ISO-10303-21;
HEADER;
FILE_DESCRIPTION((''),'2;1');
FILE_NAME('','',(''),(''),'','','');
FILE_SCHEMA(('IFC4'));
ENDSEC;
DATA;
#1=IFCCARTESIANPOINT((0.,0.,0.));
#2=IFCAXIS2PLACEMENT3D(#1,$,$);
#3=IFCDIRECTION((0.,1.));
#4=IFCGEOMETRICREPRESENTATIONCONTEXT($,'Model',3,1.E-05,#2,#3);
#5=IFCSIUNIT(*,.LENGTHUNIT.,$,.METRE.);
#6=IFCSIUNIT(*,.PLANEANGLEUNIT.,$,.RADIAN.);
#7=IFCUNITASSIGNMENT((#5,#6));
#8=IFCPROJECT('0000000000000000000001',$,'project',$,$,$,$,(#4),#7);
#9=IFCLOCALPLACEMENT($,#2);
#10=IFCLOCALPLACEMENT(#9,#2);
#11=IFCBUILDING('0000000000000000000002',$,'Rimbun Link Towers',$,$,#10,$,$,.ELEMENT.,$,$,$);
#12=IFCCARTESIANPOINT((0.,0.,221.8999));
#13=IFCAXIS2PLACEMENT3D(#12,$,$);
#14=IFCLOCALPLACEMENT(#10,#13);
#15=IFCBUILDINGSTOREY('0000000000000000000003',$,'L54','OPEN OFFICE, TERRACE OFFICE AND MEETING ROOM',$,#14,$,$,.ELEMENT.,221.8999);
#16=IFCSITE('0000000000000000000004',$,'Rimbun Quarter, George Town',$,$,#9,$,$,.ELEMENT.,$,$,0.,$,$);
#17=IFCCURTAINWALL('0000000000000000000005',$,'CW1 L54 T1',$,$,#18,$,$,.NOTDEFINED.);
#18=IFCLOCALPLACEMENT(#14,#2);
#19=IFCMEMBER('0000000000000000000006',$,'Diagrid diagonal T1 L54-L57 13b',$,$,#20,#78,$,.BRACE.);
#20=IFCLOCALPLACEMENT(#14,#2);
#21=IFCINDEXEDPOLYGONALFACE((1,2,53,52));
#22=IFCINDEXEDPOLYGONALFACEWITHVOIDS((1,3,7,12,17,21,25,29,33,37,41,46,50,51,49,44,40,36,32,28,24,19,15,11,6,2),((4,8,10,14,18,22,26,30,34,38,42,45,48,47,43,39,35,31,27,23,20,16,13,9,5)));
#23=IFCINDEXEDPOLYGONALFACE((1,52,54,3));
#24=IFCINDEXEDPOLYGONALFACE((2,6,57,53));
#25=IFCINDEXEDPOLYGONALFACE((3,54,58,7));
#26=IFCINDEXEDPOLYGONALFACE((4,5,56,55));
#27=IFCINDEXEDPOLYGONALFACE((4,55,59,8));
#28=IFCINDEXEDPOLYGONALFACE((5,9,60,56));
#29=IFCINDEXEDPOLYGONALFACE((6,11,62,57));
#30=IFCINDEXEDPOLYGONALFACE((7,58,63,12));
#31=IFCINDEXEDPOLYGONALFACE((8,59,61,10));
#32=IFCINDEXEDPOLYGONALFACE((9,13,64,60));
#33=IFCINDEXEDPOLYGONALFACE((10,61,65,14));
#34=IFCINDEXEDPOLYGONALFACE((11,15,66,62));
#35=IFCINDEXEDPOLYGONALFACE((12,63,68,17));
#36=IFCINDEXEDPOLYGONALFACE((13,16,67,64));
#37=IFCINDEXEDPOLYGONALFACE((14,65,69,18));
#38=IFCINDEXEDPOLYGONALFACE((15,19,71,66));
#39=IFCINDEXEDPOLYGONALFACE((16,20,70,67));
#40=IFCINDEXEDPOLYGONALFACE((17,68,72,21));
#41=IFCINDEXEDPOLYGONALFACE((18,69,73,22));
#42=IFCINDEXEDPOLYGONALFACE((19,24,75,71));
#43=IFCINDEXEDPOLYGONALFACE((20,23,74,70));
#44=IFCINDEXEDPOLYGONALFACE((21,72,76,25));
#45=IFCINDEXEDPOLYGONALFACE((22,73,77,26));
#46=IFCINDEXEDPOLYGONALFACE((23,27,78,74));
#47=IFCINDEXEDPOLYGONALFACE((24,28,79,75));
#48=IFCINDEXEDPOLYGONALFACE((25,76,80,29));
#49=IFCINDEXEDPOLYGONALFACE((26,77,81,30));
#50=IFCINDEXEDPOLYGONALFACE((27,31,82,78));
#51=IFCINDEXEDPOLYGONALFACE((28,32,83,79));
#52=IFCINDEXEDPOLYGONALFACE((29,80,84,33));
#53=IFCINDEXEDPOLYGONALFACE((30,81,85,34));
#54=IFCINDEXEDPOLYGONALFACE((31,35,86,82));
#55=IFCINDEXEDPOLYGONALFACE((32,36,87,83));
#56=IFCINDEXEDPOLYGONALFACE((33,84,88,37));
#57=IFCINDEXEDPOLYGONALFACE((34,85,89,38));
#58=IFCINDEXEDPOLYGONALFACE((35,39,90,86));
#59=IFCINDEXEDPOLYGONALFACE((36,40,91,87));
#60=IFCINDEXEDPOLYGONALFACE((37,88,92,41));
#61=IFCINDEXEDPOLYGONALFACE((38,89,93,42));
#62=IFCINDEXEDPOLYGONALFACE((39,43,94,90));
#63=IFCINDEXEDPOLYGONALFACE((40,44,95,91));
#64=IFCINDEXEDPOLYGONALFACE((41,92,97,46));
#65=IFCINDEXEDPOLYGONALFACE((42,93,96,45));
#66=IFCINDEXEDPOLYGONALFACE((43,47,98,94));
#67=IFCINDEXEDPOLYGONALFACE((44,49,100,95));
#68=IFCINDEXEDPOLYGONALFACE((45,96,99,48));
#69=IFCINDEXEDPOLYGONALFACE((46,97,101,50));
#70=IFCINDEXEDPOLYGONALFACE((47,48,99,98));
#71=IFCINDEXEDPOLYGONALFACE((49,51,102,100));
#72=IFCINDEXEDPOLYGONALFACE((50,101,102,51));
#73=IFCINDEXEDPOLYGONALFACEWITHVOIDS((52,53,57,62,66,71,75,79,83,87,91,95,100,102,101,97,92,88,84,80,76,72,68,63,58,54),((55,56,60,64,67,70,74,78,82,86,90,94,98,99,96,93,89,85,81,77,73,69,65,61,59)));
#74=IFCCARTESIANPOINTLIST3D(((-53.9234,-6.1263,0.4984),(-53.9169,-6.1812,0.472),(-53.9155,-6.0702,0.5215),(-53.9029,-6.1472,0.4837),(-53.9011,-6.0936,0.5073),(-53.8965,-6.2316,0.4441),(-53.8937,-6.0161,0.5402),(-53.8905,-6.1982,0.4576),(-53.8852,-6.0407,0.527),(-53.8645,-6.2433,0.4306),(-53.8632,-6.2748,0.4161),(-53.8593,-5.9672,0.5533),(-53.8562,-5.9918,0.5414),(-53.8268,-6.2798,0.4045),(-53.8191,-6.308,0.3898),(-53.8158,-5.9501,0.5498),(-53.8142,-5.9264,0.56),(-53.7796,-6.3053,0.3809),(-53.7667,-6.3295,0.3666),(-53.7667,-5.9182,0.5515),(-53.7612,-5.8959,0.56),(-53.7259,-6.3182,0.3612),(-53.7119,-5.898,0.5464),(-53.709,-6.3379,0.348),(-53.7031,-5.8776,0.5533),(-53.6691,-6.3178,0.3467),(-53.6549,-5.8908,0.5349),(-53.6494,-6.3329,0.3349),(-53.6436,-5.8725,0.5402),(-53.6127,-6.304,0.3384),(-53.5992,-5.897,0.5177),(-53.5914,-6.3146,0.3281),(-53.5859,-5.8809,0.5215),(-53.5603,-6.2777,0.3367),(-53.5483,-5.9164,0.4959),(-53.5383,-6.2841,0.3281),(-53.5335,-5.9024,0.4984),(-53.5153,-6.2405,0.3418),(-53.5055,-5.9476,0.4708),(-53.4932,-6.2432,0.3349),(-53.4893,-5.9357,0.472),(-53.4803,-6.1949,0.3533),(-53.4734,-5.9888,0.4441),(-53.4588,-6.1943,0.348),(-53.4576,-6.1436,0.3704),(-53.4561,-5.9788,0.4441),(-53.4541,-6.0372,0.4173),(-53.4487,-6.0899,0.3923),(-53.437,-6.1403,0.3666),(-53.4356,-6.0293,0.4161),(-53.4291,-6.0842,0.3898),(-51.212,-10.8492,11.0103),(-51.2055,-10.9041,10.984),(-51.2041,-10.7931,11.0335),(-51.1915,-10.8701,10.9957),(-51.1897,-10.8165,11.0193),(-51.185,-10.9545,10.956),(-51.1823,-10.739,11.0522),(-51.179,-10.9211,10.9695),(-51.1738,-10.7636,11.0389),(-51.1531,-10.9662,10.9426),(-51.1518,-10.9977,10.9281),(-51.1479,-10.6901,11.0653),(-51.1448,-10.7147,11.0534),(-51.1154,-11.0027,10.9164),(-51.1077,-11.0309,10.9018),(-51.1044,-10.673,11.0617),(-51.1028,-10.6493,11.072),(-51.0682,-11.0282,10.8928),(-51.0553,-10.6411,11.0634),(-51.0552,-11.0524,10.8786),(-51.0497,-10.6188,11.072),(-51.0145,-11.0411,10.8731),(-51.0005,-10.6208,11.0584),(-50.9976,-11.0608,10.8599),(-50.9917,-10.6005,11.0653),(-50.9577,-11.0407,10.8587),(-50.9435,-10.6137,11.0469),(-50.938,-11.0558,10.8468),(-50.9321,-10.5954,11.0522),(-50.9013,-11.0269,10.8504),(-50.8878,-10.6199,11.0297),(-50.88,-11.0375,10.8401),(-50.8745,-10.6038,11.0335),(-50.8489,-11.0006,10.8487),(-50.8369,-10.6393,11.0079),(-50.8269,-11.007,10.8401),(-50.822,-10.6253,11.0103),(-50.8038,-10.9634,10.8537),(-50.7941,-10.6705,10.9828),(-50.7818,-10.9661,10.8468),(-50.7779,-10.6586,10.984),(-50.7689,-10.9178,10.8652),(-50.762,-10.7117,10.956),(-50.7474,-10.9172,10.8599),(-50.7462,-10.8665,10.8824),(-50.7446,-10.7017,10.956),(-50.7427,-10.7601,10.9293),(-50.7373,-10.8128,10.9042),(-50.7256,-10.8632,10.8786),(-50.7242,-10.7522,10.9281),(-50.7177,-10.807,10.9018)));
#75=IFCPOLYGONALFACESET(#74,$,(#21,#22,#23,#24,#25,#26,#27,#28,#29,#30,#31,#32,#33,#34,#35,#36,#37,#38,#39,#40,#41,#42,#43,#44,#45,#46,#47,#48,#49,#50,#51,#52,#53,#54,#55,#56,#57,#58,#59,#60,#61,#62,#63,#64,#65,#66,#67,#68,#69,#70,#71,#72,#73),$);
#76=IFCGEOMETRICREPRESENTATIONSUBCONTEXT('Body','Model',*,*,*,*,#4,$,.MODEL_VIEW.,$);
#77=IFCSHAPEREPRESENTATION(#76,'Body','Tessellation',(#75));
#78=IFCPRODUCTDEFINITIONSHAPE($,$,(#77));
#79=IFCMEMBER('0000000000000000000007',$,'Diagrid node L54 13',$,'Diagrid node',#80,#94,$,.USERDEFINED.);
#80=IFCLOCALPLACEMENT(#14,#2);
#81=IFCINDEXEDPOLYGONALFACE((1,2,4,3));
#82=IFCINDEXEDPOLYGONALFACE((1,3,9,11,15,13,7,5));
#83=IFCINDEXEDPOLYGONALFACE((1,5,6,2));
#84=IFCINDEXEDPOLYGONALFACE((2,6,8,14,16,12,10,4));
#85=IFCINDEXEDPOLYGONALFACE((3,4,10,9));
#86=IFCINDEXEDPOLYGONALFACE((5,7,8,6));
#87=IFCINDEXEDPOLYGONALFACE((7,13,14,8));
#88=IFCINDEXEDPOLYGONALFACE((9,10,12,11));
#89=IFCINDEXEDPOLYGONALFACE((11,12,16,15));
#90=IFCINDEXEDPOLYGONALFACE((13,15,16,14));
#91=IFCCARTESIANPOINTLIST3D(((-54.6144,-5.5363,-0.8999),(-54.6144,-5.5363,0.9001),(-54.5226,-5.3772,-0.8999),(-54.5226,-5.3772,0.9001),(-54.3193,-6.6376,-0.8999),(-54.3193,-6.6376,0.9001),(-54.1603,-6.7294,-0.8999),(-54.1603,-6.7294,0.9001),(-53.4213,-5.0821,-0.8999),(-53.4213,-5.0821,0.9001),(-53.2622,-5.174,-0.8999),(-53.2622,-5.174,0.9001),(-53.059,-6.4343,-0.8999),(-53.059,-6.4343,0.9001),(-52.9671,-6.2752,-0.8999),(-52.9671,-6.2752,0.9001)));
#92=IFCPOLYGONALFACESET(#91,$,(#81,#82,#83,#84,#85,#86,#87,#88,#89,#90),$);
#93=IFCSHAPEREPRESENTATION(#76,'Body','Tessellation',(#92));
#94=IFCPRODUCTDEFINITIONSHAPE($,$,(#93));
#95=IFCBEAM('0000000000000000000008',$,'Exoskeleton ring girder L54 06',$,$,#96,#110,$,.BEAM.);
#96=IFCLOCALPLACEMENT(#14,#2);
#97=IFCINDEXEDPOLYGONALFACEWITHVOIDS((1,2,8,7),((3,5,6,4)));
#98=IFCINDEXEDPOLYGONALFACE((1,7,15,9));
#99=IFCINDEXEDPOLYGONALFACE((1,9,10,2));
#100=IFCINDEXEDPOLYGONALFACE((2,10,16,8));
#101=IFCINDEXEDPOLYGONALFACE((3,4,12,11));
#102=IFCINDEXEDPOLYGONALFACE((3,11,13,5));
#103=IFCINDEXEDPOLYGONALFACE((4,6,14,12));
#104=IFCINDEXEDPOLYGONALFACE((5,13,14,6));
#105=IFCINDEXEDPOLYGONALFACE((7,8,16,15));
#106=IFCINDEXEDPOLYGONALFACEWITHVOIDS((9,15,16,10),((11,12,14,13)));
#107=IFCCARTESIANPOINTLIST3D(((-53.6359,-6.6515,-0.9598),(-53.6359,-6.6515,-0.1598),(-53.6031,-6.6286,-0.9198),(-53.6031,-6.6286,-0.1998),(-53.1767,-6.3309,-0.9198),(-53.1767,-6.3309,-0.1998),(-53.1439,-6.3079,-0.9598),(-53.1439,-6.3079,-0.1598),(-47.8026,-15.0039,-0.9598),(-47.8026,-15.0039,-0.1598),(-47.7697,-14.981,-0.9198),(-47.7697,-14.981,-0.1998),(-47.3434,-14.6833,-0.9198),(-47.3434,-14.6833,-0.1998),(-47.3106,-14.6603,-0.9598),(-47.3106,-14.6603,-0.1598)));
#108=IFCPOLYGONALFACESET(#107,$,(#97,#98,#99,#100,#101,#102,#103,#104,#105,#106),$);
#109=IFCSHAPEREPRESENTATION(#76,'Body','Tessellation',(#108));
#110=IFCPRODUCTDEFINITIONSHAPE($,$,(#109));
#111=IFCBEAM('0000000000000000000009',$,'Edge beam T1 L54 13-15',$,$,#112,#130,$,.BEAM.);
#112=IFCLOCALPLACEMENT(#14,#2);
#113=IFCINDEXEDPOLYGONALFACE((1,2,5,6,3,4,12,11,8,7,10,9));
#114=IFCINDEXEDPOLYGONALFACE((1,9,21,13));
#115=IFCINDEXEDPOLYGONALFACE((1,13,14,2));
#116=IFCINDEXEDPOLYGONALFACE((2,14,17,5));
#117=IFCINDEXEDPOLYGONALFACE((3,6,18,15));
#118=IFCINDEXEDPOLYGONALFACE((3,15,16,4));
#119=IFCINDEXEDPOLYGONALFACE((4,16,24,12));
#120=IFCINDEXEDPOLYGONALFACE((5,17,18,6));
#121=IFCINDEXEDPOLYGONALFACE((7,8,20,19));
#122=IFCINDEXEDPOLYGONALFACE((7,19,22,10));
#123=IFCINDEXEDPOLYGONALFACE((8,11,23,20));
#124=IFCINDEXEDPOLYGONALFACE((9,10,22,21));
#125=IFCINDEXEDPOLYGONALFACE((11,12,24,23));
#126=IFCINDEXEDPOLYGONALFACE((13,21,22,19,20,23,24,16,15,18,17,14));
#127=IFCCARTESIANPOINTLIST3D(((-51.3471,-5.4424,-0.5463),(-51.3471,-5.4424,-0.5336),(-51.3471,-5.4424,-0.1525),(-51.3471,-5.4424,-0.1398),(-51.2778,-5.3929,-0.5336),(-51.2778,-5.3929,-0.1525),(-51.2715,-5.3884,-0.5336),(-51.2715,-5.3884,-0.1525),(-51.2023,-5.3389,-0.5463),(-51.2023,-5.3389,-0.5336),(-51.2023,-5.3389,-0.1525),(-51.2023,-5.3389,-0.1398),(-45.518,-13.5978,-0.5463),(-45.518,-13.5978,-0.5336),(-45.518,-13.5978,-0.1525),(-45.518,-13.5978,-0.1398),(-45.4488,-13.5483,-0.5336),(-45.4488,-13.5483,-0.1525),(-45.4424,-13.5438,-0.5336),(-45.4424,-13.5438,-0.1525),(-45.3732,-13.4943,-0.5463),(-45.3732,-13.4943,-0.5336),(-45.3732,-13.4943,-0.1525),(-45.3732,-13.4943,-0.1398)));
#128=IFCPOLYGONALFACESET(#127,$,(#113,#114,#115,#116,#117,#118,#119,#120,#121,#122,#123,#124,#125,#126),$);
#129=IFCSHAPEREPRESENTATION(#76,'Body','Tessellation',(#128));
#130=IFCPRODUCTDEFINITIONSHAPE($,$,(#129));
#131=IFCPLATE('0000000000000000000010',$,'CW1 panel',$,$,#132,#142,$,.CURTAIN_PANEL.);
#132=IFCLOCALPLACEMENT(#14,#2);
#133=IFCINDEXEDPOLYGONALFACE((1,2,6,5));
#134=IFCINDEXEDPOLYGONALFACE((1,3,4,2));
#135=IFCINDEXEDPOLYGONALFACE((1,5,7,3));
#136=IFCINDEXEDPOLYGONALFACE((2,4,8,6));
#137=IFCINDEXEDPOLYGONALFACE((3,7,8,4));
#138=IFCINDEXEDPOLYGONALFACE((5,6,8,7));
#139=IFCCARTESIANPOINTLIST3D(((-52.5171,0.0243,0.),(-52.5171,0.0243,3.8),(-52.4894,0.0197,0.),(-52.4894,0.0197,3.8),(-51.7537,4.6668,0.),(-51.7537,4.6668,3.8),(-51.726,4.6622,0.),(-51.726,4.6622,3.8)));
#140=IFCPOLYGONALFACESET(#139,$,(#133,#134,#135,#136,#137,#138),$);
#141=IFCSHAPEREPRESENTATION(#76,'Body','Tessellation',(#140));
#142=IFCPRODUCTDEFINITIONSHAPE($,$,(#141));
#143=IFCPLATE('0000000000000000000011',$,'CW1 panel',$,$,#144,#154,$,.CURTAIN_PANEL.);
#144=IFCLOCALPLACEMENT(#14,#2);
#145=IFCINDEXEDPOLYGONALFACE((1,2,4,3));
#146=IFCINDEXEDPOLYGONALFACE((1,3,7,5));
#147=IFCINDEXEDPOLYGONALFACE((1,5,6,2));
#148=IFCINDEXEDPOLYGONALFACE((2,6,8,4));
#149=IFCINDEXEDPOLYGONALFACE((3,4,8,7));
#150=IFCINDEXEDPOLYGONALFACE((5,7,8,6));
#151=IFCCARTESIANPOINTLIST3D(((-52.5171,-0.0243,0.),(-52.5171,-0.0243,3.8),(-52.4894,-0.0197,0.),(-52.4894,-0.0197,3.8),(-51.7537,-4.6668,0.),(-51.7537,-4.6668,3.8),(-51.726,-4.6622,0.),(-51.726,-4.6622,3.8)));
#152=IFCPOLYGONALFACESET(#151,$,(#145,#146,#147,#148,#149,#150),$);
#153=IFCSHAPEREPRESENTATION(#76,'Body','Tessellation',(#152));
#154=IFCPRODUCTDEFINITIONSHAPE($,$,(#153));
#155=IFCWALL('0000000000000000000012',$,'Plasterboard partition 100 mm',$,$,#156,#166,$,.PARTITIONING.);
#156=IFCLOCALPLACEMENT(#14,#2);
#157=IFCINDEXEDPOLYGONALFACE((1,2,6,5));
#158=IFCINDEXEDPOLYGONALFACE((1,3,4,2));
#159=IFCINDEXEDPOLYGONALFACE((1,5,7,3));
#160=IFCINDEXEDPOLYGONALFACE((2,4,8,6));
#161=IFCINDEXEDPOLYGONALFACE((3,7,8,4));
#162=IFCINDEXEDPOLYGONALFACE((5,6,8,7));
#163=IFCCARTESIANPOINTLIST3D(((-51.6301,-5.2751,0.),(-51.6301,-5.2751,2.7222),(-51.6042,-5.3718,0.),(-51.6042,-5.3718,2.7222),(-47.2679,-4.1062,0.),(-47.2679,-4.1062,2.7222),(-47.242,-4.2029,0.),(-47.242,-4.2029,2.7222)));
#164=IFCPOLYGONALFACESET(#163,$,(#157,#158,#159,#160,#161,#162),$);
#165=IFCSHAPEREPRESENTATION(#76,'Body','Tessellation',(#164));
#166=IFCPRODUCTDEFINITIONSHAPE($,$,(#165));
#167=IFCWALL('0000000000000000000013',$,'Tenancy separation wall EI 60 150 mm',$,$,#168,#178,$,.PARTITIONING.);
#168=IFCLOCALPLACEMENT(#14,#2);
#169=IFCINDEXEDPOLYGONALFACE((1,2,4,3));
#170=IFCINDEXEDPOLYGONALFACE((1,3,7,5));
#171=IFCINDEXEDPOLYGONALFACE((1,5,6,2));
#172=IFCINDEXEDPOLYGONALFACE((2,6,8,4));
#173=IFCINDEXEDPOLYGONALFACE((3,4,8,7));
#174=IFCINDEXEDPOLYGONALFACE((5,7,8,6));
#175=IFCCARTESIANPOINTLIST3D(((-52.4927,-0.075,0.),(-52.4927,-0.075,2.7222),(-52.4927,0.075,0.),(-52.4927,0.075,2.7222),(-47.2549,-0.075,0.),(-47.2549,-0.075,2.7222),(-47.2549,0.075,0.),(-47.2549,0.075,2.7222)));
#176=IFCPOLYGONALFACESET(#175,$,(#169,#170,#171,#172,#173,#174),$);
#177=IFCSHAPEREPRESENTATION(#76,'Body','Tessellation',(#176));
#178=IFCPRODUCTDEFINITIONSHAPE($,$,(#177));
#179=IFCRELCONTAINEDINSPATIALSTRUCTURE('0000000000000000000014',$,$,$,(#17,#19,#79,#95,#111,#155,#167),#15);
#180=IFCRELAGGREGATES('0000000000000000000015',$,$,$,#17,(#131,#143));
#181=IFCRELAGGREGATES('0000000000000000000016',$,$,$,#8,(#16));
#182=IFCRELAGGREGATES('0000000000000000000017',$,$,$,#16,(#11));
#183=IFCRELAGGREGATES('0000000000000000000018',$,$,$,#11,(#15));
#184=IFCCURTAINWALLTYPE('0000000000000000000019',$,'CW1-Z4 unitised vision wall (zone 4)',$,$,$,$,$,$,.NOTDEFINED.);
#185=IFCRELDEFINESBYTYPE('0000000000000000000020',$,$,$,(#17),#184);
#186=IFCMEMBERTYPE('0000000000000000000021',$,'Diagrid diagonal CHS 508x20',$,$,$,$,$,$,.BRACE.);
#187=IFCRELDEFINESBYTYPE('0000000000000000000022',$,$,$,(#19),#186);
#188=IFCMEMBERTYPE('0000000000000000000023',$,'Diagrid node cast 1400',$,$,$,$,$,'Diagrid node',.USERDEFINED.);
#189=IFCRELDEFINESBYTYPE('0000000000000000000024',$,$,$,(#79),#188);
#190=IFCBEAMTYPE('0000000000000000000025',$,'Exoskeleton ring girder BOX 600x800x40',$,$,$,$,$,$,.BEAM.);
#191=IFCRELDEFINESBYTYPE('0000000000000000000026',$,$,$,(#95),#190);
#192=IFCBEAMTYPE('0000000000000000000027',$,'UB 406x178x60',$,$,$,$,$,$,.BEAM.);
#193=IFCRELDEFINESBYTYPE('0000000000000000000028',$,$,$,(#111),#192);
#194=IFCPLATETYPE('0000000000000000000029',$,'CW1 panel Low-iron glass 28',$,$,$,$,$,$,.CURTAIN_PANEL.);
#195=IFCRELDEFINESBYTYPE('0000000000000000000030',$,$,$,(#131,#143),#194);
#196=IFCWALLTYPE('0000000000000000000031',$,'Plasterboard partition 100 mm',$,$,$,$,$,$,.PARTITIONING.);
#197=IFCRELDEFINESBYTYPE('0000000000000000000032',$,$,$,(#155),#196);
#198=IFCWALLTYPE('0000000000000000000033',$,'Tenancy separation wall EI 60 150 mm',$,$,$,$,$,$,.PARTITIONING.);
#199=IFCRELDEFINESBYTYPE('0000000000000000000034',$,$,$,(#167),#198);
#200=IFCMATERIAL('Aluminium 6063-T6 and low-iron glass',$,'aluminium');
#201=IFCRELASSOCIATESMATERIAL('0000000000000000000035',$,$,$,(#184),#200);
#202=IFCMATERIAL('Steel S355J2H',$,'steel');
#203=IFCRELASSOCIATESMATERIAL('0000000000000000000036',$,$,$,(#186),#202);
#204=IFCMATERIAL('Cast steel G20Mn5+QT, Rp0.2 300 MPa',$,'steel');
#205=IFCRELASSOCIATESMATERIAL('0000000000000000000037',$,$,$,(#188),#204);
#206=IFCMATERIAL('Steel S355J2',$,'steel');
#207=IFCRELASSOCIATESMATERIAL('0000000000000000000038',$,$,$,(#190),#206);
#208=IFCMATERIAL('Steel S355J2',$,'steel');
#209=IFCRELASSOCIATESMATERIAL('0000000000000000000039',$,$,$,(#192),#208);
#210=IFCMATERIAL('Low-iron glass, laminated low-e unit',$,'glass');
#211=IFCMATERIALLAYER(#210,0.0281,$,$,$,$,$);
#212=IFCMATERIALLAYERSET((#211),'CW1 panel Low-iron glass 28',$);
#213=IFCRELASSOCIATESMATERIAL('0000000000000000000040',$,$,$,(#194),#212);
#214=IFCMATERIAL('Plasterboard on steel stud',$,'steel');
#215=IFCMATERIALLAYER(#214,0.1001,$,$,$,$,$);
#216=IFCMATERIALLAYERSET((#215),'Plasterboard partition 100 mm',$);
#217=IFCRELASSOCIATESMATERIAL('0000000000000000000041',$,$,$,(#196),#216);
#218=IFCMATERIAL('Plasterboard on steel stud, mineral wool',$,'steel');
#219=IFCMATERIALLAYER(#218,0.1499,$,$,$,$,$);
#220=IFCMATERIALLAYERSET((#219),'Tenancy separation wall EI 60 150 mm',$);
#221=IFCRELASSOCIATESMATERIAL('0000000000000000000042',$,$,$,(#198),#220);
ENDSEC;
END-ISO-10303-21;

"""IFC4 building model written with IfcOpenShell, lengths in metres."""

from ifc_helpers import new_model, si_unit, direction, frame, frame_2d, origin, origin_2d, place, context, subcontext, project, spatial, polyline, rectangle, hollow_rectangle, hollow_circle, i_section, outline, extrude, material, layer, layer_set, material_profile, profile_set, type_object, element, aggregate, save


model = new_model("IFC4")

# Units and contexts
model_context = context("Model", 3, precision=1e-05, world=origin(), true_north=direction((0.0, 1.0)))
body_context = subcontext(model_context, "Body", "Model", "MODEL_VIEW")
ifc_project = project(units=[si_unit("LENGTHUNIT", "METRE"), si_unit("PLANEANGLEUNIT", "RADIAN")], contexts=[model_context])

# Site, building, storey
site_placement = place(None, origin())
site = spatial("IfcSite", under=ifc_project, at=site_placement, Name="Rimbun Quarter, George Town", CompositionType="ELEMENT", RefElevation=0.0)
building_placement = place(site_placement, origin())
building = spatial("IfcBuilding", under=site, at=building_placement, Name="Rimbun Link Towers", CompositionType="ELEMENT")
storey_placement = place(building_placement, frame((0.0, 0.0, 221.8999)))
storey = spatial("IfcBuildingStorey", under=building, at=storey_placement, Name="L54", Description="OPEN OFFICE, TERRACE OFFICE AND MEETING ROOM", CompositionType="ELEMENT", Elevation=221.8999)

# Curtain wall
ifc_material_1 = material(Name="Aluminium 6063-T6 and low-iron glass", Category="aluminium")
curtain_wall_type = type_object("IfcCurtainWallType", Name="CW1-Z4 unitised vision wall (zone 4)", PredefinedType="NOTDEFINED", material=ifc_material_1)
curtain_wall_placement = place(storey_placement, origin())
curtain_wall = element("IfcCurtainWall", 1, at=curtain_wall_placement, inside=storey, type_object=curtain_wall_type, Name="CW1 L54 T1", PredefinedType="NOTDEFINED")

# Members
ifc_material_2 = material(Name="Steel S355J2H", Category="steel")
ifc_material_profile_1 = material_profile(ifc_material_2, hollow_circle(Radius=0.2539, WallThickness=0.02, at=origin_2d()), Name="Diagrid diagonal CHS 508x20")
ifc_profile_set_1 = profile_set([ifc_material_profile_1], Name="Steel S355J2H")
member_type_1 = type_object("IfcMemberType", Name="Diagrid diagonal CHS 508x20", PredefinedType="BRACE", material=ifc_profile_set_1)
member_1_placement = place(storey_placement, frame((-53.6763, -6.1052, 0.4441), z_axis=(0.229027, -0.398931, 0.887919), x_axis=(0.867243, 0.497886, 0.0)))
element("IfcMember", 2, at=member_1_placement, inside=storey, type_object=member_type_1, Name="Diagrid diagonal T1 L54-L57 13b", PredefinedType="BRACE", context=body_context, shape_type="SweptSolid", body=[
    extrude(hollow_circle(Radius=0.2539, WallThickness=0.02, at=origin_2d()), origin(), (0.0, 0.0, 1.0), 11.8389),
])
ifc_material_3 = material(Name="Cast steel G20Mn5+QT, Rp0.2 300 MPa", Category="steel")
ifc_material_profile_2 = material_profile(ifc_material_3, outline(polyline([(0.7, -0.5701), (0.7, 0.5701), (0.5701, 0.7), (-0.5701, 0.7), (-0.7, 0.5701), (-0.7, -0.5701), (-0.5701, -0.7), (0.5701, -0.7), (0.7, -0.5701)])), Name="NODE 1400x1400")
ifc_profile_set_2 = profile_set([ifc_material_profile_2], Name="Cast steel G20Mn5+QT, Rp0.2 300 MPa")
member_type_2 = type_object("IfcMemberType", Name="Diagrid node cast 1400", ElementType="Diagrid node", PredefinedType="USERDEFINED", material=ifc_profile_set_2)
member_2_placement = place(storey_placement, frame((-53.7908, -5.9058, -0.8999), z_axis=(0.0, 0.0, 1.0), x_axis=(-0.965926, -0.258819, 0.0)))
element("IfcMember", 3, at=member_2_placement, inside=storey, type_object=member_type_2, Name="Diagrid node L54 13", ObjectType="Diagrid node", PredefinedType="USERDEFINED", context=body_context, shape_type="SweptSolid", body=[
    extrude(outline(polyline([(0.7, -0.5701), (0.7, 0.5701), (0.5701, 0.7), (-0.5701, 0.7), (-0.7, 0.5701), (-0.7, -0.5701), (-0.5701, -0.7), (0.5701, -0.7), (0.7, -0.5701)])), origin(), (0.0, 0.0, 1.0), 1.8),
])

# Beams
ifc_material_4 = material(Name="Steel S355J2", Category="steel")
ifc_material_profile_3 = material_profile(ifc_material_4, hollow_rectangle(XDim=0.6001, YDim=0.8, WallThickness=0.04, at=origin_2d()), Name="Exoskeleton ring girder BOX 600x800x40")
ifc_profile_set_3 = profile_set([ifc_material_profile_3], Name="Steel S355J2")
beam_type_1 = type_object("IfcBeamType", Name="Exoskeleton ring girder BOX 600x800x40", PredefinedType="BEAM", material=ifc_profile_set_3)
beam_1_placement = place(storey_placement, frame((-53.3899, -6.4797, -0.5598), z_axis=(0.572582, -0.819847, 0.0), x_axis=(0.819847, 0.572582, 0.0)))
element("IfcBeam", 4, at=beam_1_placement, inside=storey, type_object=beam_type_1, Name="Exoskeleton ring girder L54 06", PredefinedType="BEAM", context=body_context, shape_type="SweptSolid", body=[
    extrude(hollow_rectangle(XDim=0.6001, YDim=0.8, WallThickness=0.04, at=origin_2d()), origin(), (0.0, 0.0, 1.0), 10.1877),
])
ifc_material_5 = material(Name="Steel S355J2", Category="steel")
ifc_material_profile_4 = material_profile(ifc_material_5, i_section(OverallWidth=0.178, OverallDepth=0.4065, WebThickness=0.0078, FlangeThickness=0.0127, at=origin_2d()), Name="UB 406x178x60")
ifc_profile_set_4 = profile_set([ifc_material_profile_4], Name="Steel S355J2")
beam_type_2 = type_object("IfcBeamType", Name="UB 406x178x60", PredefinedType="BEAM", material=ifc_profile_set_4)
beam_2_placement = place(storey_placement, frame((-51.2747, -5.3906, -0.343), z_axis=(0.581485, -0.813557, 0.0), x_axis=(0.813557, 0.581485, 0.0)))
element("IfcBeam", 5, at=beam_2_placement, inside=storey, type_object=beam_type_2, Name="Edge beam T1 L54 13-15", PredefinedType="BEAM", context=body_context, shape_type="SweptSolid", body=[
    extrude(i_section(OverallWidth=0.178, OverallDepth=0.4065, WebThickness=0.0078, FlangeThickness=0.0127, at=origin_2d()), origin(), (0.0, 0.0, 1.0), 10.0244),
])

# Plates
ifc_material_6 = material(Name="Low-iron glass, laminated low-e unit", Category="glass")
ifc_layer_1 = layer(ifc_material_6, 0.0281)
ifc_layer_set_1 = layer_set([ifc_layer_1], Name="CW1 panel Low-iron glass 28")
plate_type = type_object("IfcPlateType", Name="CW1 panel Low-iron glass 28", PredefinedType="CURTAIN_PANEL", material=ifc_layer_set_1)
plate_1_placement = place(storey_placement, frame((-52.1216, 2.3433, 0.0), z_axis=(0.0, 0.0, 1.0), x_axis=(0.162264, 0.986747, 0.0)))
plate_1 = element("IfcPlate", 6, at=plate_1_placement, type_object=plate_type, Name="CW1 panel", PredefinedType="CURTAIN_PANEL", context=body_context, shape_type="SweptSolid", body=[
    extrude(rectangle(XDim=4.7048, YDim=0.0281, at=origin_2d()), origin(), (0.0, 0.0, 1.0), 3.8),
])
plate_2_placement = place(storey_placement, frame((-52.1216, -2.3433, 0.0), z_axis=(0.0, 0.0, 1.0), x_axis=(-0.162264, 0.986747, 0.0)))
plate_2 = element("IfcPlate", 7, at=plate_2_placement, type_object=plate_type, Name="CW1 panel", PredefinedType="CURTAIN_PANEL", context=body_context, shape_type="SweptSolid", body=[
    extrude(rectangle(XDim=4.7048, YDim=0.0281, at=origin_2d()), origin(), (0.0, 0.0, 1.0), 3.8),
])
aggregate(curtain_wall, [plate_1, plate_2])

# Walls
ifc_material_7 = material(Name="Plasterboard on steel stud", Category="steel")
ifc_layer_2 = layer(ifc_material_7, 0.1001)
ifc_layer_set_2 = layer_set([ifc_layer_2], Name="Plasterboard partition 100 mm")
wall_type_1 = type_object("IfcWallType", Name="Plasterboard partition 100 mm", PredefinedType="PARTITIONING", material=ifc_layer_set_2)
wall_1_placement = place(storey_placement, frame((-51.6172, -5.3235, 0.0), z_axis=(0.0, 0.0, 1.0), x_axis=(0.965922, 0.258833, 0.0)))
element("IfcWall", 8, at=wall_1_placement, inside=storey, type_object=wall_type_1, Name="Plasterboard partition 100 mm", PredefinedType="PARTITIONING", context=body_context, shape_type="SweptSolid", body=[
    extrude(rectangle(XDim=4.5161, YDim=0.1001, at=frame_2d((2.2581, 0.0))), origin(), (0.0, 0.0, 1.0), 2.7222),
])
ifc_material_8 = material(Name="Plasterboard on steel stud, mineral wool", Category="steel")
ifc_layer_3 = layer(ifc_material_8, 0.1499)
ifc_layer_set_3 = layer_set([ifc_layer_3], Name="Tenancy separation wall EI 60 150 mm")
wall_type_2 = type_object("IfcWallType", Name="Tenancy separation wall EI 60 150 mm", PredefinedType="PARTITIONING", material=ifc_layer_set_3)
wall_2_placement = place(storey_placement, frame((-47.2549, 0.0, 0.0), z_axis=(0.0, 0.0, 1.0), x_axis=(-1.0, 0.0, 0.0)))
element("IfcWall", 9, at=wall_2_placement, inside=storey, type_object=wall_type_2, Name="Tenancy separation wall EI 60 150 mm", PredefinedType="PARTITIONING", context=body_context, shape_type="SweptSolid", body=[
    extrude(rectangle(XDim=5.2378, YDim=0.1499, at=frame_2d((2.6189, 0.0))), origin(), (0.0, 0.0, 1.0), 2.7222),
])

save(model, "model.ifc")
